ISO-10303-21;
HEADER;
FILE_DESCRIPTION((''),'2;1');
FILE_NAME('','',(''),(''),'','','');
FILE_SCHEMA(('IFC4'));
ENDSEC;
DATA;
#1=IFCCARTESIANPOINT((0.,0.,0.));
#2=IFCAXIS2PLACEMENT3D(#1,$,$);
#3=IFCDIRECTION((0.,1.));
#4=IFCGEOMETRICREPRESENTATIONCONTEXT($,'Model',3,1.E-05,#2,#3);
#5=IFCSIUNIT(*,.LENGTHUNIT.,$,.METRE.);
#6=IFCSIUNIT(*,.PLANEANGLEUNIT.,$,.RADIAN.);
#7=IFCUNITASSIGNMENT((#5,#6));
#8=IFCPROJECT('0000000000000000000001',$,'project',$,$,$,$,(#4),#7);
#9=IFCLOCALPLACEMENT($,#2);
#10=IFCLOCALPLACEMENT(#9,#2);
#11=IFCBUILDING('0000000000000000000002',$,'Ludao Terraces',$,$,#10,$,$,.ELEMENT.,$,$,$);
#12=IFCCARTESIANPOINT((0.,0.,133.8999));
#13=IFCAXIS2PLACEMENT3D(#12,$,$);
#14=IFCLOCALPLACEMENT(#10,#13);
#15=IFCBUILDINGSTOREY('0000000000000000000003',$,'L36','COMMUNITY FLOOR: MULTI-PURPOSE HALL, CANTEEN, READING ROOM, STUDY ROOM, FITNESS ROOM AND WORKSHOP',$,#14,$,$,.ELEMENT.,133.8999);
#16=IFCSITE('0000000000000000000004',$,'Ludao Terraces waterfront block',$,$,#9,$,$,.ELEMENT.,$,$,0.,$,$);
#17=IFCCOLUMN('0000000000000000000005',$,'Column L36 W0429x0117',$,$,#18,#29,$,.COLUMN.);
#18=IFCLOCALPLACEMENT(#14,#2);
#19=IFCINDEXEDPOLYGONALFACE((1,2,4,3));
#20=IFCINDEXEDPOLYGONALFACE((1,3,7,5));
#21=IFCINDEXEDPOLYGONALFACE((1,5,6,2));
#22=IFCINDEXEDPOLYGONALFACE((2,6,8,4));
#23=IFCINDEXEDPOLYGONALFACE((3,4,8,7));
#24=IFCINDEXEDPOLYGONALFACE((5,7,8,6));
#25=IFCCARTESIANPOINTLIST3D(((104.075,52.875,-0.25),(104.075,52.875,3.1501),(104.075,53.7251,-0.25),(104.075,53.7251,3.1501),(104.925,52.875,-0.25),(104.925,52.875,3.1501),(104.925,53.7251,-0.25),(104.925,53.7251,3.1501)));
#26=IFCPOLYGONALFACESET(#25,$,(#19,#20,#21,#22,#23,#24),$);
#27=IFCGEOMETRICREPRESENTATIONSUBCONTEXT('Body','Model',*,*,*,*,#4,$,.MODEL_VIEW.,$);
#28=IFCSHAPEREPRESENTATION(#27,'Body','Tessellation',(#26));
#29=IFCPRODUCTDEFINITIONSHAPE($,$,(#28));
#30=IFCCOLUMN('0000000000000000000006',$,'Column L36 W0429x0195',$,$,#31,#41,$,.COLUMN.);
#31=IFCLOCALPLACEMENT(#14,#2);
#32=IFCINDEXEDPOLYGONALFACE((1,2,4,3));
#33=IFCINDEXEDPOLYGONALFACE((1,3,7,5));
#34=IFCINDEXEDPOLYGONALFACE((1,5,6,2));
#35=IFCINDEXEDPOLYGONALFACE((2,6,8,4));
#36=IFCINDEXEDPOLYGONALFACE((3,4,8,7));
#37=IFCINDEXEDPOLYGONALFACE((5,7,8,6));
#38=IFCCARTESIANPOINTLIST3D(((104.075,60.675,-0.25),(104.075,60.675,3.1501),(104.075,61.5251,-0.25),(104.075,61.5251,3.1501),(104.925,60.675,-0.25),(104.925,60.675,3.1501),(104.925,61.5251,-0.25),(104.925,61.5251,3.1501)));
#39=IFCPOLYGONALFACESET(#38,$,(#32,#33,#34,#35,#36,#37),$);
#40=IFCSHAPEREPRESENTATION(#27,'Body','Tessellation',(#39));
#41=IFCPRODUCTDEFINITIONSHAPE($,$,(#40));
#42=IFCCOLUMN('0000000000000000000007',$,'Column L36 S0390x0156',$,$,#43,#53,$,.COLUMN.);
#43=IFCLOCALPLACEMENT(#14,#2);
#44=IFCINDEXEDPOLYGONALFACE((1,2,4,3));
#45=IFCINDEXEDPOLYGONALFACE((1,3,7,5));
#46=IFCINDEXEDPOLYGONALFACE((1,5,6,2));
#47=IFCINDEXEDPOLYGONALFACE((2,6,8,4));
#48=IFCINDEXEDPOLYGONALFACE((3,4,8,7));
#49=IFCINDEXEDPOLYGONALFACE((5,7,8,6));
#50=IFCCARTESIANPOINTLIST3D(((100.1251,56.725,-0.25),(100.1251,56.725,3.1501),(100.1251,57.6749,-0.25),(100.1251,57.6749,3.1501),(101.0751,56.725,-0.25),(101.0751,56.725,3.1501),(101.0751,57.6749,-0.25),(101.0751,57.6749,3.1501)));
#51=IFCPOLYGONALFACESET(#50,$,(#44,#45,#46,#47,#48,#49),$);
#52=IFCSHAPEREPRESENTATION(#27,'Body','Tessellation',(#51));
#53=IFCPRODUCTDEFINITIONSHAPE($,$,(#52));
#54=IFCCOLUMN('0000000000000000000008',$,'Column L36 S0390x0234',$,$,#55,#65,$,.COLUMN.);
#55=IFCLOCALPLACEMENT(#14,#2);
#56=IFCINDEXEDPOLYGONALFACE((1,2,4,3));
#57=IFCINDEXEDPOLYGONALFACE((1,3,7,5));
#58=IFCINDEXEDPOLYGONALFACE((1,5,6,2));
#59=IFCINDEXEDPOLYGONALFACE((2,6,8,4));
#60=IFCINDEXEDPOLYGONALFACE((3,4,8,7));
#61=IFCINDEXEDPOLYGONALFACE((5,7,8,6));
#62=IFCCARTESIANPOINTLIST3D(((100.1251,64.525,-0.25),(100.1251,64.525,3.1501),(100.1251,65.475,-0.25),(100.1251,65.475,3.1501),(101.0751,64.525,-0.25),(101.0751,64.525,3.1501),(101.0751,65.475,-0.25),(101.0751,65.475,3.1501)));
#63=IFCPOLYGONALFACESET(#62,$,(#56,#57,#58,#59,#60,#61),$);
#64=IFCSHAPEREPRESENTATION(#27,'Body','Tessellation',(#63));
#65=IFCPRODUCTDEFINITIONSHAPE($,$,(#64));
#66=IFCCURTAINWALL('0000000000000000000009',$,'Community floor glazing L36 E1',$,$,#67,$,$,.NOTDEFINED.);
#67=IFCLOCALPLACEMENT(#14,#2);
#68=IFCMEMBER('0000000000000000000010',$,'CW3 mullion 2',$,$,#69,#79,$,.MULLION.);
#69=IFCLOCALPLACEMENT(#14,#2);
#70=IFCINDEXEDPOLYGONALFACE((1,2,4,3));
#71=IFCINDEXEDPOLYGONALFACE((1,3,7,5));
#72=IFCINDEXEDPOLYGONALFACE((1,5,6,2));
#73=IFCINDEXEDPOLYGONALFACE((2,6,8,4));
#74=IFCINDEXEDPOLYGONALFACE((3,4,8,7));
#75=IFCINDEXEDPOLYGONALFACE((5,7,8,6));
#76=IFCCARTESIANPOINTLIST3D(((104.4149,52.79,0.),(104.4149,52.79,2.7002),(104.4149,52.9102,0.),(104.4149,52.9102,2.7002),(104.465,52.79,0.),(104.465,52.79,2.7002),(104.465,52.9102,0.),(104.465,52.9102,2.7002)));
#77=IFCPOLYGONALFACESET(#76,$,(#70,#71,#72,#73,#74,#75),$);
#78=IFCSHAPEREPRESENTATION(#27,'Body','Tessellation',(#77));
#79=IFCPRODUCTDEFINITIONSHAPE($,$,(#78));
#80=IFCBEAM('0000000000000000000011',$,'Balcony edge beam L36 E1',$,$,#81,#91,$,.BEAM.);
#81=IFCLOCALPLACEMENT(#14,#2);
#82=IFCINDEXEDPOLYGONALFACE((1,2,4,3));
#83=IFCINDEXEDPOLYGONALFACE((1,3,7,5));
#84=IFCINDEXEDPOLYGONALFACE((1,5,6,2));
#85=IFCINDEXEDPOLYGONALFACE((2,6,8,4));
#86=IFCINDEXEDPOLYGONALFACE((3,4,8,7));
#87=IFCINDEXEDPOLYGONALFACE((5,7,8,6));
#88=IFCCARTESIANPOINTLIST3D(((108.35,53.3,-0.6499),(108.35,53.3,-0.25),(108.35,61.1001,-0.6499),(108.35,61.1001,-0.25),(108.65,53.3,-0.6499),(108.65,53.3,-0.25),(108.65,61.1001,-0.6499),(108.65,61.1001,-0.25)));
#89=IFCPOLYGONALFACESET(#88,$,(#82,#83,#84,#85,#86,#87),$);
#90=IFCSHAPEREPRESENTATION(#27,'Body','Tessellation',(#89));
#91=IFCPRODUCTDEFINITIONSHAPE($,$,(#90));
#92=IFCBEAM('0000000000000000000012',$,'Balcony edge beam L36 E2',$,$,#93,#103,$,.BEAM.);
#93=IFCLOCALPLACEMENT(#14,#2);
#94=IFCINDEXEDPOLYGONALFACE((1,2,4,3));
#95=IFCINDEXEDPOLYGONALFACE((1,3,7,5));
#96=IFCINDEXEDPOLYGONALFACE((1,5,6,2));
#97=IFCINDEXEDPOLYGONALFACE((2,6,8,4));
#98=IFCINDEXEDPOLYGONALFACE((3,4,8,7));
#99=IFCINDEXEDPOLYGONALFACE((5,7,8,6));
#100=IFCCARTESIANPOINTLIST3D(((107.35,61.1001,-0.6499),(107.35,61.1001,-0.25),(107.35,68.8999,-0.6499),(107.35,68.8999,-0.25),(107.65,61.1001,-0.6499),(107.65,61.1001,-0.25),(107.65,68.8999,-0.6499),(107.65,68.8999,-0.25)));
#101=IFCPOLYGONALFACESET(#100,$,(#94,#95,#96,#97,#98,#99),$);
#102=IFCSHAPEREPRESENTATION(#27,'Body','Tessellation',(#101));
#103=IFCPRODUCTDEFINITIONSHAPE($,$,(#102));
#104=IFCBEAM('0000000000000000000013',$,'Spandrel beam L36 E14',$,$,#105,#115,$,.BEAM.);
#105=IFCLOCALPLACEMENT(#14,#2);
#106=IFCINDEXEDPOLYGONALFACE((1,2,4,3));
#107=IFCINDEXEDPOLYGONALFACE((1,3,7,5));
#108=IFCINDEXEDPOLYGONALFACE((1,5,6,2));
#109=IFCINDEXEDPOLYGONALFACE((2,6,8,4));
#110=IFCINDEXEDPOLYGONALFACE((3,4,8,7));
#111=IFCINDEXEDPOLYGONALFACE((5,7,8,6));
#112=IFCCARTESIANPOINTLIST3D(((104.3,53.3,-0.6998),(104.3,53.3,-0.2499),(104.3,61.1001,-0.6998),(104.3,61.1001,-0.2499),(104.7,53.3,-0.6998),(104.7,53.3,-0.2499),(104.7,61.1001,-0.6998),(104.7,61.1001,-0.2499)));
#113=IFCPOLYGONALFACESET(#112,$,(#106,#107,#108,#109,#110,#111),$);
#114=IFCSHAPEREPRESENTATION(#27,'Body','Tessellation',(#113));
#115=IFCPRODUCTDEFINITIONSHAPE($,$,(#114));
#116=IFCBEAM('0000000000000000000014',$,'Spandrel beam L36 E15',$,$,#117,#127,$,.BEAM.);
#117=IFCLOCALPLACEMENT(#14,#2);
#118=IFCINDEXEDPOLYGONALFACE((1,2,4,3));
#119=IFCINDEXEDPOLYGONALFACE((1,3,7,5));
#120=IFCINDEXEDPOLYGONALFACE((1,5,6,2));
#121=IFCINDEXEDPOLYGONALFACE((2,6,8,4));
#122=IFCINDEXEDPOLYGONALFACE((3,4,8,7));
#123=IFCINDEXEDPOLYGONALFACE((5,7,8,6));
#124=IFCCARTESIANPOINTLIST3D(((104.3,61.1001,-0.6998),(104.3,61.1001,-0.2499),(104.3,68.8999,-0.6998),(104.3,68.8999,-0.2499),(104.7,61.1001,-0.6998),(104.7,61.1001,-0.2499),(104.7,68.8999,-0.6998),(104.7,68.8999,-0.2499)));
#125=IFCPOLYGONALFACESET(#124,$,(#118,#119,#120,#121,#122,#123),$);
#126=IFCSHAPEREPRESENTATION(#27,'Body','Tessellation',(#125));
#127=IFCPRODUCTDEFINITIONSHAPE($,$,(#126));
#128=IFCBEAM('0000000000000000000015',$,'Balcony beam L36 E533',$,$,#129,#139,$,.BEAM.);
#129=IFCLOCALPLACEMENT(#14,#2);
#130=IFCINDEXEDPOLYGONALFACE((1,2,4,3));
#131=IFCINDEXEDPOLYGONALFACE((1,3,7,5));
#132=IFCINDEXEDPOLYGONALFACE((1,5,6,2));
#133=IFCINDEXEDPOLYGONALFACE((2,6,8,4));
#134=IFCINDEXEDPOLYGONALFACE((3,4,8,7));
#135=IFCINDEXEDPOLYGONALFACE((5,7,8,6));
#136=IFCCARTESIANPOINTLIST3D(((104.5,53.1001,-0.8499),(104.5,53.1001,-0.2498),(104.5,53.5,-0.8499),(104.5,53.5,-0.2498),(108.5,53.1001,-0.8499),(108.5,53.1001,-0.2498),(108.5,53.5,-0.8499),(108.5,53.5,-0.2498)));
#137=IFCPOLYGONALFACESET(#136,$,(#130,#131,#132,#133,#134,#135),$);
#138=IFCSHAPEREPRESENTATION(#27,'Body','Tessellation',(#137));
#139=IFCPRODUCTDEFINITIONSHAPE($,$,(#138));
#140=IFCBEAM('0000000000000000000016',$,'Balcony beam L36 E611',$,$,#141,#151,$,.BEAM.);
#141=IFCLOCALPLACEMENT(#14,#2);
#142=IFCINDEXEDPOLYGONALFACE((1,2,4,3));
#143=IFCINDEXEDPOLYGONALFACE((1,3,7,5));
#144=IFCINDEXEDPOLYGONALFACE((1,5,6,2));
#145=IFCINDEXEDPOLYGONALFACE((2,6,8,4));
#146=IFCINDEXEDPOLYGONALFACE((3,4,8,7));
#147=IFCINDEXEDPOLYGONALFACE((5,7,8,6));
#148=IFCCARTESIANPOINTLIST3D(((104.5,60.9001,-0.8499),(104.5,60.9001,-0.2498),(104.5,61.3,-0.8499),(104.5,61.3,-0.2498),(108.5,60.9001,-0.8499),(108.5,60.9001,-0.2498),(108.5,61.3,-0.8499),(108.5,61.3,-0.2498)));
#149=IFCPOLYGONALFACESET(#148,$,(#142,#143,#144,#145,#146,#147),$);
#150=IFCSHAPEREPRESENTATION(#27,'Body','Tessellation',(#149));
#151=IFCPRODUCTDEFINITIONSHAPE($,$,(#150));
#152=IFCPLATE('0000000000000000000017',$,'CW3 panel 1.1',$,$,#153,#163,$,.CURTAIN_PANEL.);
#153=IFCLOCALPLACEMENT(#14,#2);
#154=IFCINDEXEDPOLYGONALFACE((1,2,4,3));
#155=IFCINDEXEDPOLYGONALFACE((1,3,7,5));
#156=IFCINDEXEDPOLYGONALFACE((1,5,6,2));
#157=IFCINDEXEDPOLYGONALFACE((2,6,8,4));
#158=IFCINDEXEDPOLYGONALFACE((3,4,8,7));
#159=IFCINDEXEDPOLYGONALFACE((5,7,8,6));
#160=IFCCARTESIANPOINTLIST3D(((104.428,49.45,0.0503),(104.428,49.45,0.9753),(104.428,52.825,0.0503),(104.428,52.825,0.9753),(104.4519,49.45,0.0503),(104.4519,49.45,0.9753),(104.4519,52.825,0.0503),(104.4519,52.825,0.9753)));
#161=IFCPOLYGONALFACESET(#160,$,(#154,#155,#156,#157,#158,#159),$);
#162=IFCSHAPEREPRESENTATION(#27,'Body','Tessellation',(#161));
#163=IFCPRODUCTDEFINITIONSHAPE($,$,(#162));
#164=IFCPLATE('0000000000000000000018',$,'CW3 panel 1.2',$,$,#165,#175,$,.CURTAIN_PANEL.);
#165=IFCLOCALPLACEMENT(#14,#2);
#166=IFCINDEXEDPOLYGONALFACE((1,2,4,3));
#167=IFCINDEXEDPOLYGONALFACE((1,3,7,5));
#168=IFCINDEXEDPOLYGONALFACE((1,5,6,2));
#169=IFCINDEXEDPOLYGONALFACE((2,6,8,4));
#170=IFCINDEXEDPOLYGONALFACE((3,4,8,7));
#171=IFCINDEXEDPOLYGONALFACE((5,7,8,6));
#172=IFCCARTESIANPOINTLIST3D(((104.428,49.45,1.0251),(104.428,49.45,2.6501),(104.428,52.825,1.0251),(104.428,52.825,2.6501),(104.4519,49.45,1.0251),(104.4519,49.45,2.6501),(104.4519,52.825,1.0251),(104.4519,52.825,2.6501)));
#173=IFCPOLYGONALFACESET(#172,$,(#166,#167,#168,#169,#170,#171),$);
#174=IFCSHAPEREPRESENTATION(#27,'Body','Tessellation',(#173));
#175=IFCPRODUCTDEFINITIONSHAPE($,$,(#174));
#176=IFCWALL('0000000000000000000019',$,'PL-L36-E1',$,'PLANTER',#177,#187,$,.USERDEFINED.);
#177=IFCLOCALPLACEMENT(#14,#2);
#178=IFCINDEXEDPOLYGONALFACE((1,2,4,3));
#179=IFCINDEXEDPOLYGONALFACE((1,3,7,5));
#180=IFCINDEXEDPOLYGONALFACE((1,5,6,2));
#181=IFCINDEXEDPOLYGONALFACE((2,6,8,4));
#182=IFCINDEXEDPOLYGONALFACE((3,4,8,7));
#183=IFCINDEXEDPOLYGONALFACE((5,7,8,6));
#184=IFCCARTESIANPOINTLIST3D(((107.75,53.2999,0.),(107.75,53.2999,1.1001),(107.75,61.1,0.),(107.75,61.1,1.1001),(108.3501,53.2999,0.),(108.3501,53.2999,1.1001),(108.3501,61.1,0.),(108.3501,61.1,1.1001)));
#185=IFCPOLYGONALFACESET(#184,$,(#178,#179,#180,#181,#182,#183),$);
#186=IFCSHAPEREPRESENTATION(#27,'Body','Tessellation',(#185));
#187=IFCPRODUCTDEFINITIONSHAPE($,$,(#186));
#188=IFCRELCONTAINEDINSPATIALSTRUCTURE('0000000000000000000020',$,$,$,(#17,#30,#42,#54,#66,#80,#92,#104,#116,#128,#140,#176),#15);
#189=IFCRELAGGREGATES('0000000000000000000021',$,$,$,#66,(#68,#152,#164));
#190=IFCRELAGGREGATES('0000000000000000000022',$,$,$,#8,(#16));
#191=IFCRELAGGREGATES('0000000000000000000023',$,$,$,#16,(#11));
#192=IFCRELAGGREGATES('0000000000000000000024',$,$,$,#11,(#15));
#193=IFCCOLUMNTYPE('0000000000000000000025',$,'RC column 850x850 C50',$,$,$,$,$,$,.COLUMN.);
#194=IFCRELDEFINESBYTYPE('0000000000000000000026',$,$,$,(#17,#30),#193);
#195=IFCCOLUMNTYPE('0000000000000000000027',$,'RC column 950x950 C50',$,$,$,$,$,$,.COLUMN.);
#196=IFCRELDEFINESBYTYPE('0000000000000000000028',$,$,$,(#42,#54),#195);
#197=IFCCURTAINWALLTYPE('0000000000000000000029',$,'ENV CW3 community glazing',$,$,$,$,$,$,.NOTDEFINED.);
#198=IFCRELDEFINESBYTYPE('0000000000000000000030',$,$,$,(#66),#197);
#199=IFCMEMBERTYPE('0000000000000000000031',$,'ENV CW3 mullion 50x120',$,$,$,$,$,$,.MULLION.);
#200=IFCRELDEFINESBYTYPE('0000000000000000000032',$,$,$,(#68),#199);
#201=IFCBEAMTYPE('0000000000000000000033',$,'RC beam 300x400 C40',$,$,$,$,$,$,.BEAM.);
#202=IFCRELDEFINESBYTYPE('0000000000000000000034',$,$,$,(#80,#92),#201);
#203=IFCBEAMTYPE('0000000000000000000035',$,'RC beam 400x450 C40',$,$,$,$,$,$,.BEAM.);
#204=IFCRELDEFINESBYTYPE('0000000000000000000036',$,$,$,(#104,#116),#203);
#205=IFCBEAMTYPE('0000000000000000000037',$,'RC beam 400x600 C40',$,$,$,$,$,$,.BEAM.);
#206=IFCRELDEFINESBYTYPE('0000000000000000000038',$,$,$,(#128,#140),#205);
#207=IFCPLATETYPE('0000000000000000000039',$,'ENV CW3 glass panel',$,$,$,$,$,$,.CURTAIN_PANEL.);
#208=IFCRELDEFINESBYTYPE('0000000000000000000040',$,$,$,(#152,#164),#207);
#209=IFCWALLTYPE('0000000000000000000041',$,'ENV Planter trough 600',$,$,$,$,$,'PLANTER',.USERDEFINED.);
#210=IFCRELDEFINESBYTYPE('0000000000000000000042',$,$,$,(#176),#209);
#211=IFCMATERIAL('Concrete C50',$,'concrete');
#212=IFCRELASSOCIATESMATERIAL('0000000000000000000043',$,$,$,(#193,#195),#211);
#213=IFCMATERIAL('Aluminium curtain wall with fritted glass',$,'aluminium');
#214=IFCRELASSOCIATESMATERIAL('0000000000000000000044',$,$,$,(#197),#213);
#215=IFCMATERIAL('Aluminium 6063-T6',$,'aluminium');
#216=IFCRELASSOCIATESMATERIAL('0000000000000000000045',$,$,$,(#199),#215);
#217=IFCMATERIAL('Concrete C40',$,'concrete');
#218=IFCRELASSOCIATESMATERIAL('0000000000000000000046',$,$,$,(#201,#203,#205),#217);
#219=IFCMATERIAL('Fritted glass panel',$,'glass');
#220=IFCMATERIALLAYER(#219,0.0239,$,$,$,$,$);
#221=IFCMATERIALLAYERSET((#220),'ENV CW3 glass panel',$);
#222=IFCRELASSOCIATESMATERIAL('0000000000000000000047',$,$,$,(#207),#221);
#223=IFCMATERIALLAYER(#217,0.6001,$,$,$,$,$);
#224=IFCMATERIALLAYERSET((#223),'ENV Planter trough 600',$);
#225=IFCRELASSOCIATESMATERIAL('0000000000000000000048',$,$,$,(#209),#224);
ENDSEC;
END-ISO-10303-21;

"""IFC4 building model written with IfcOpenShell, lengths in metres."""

from ifc_helpers import new_model, si_unit, direction, frame, frame_2d, origin, origin_2d, place, context, subcontext, project, spatial, rectangle, extrude, material, layer, layer_set, material_profile, profile_set, type_object, element, aggregate, save


model = new_model("IFC4")

# Units and contexts
model_context = context("Model", 3, precision=1e-05, world=origin(), true_north=direction((0.0, 1.0)))
body_context = subcontext(model_context, "Body", "Model", "MODEL_VIEW")
ifc_project = project(units=[si_unit("LENGTHUNIT", "METRE"), si_unit("PLANEANGLEUNIT", "RADIAN")], contexts=[model_context])

# Site, building, storey
site_placement = place(None, origin())
site = spatial("IfcSite", under=ifc_project, at=site_placement, Name="Ludao Terraces waterfront block", CompositionType="ELEMENT", RefElevation=0.0)
building_placement = place(site_placement, origin())
building = spatial("IfcBuilding", under=site, at=building_placement, Name="Ludao Terraces", CompositionType="ELEMENT")
storey_placement = place(building_placement, frame((0.0, 0.0, 133.8999)))
storey = spatial("IfcBuildingStorey", under=building, at=storey_placement, Name="L36", Description="COMMUNITY FLOOR: MULTI-PURPOSE HALL, CANTEEN, READING ROOM, STUDY ROOM, FITNESS ROOM AND WORKSHOP", CompositionType="ELEMENT", Elevation=133.8999)

# Columns
ifc_material_1 = material(Name="Concrete C50", Category="concrete")
ifc_material_profile_1 = material_profile(ifc_material_1, rectangle(XDim=0.8501, YDim=0.8501, at=origin_2d()), Name="850 X 850")
ifc_profile_set_1 = profile_set([ifc_material_profile_1], Name="Concrete C50")
column_type_1 = type_object("IfcColumnType", Name="RC column 850x850 C50", PredefinedType="COLUMN", material=ifc_profile_set_1)
for number, where, z_axis, x_axis, name in (
    (1, (104.5, 53.3, -0.25), (0.0, 0.0, 1.0), (1.0, 0.0, 0.0), "Column L36 W0429x0117"),
    (2, (104.5, 61.1001, -0.25), (0.0, 0.0, 1.0), (1.0, 0.0, 0.0), "Column L36 W0429x0195"),
):
    element("IfcColumn", number, at=place(storey_placement, frame(where, z_axis=z_axis, x_axis=x_axis)), inside=storey, type_object=column_type_1, Name=name, PredefinedType="COLUMN", context=body_context, shape_type="SweptSolid", body=[
        extrude(rectangle(XDim=0.8501, YDim=0.8501, at=origin_2d()), origin(), (0.0, 0.0, 1.0), 3.4001),
    ])
ifc_material_profile_2 = material_profile(ifc_material_1, rectangle(XDim=0.95, YDim=0.95, at=origin_2d()), Name="950 X 950")
ifc_profile_set_2 = profile_set([ifc_material_profile_2], Name="Concrete C50")
column_type_2 = type_object("IfcColumnType", Name="RC column 950x950 C50", PredefinedType="COLUMN", material=ifc_profile_set_2)
for number, where, z_axis, x_axis, name in (
    (3, (100.6001, 57.2, -0.25), (0.0, 0.0, 1.0), (1.0, 0.0, 0.0), "Column L36 S0390x0156"),
    (4, (100.6001, 65.0, -0.25), (0.0, 0.0, 1.0), (1.0, 0.0, 0.0), "Column L36 S0390x0234"),
):
    element("IfcColumn", number, at=place(storey_placement, frame(where, z_axis=z_axis, x_axis=x_axis)), inside=storey, type_object=column_type_2, Name=name, PredefinedType="COLUMN", context=body_context, shape_type="SweptSolid", body=[
        extrude(rectangle(XDim=0.95, YDim=0.95, at=origin_2d()), origin(), (0.0, 0.0, 1.0), 3.4001),
    ])

# Curtain wall, member
ifc_material_2 = material(Name="Aluminium curtain wall with fritted glass", Category="aluminium")
curtain_wall_type = type_object("IfcCurtainWallType", Name="ENV CW3 community glazing", PredefinedType="NOTDEFINED", material=ifc_material_2)
curtain_wall_placement = place(storey_placement, origin())
curtain_wall = element("IfcCurtainWall", 5, at=curtain_wall_placement, inside=storey, type_object=curtain_wall_type, Name="Community floor glazing L36 E1", PredefinedType="NOTDEFINED")
ifc_material_3 = material(Name="Aluminium 6063-T6", Category="aluminium")
ifc_material_profile_3 = material_profile(ifc_material_3, rectangle(XDim=0.05, YDim=0.1201, at=origin_2d()), Name="50 X 120")
ifc_profile_set_3 = profile_set([ifc_material_profile_3], Name="Aluminium 6063-T6")
member_type = type_object("IfcMemberType", Name="ENV CW3 mullion 50x120", PredefinedType="MULLION", material=ifc_profile_set_3)
member_placement = place(storey_placement, frame((104.4399, 52.8501, 0.0), z_axis=(0.0, 0.0, 1.0), x_axis=(-1.0, 0.0, 0.0)))
member = element("IfcMember", 6, at=member_placement, type_object=member_type, Name="CW3 mullion 2", PredefinedType="MULLION", context=body_context, shape_type="SweptSolid", body=[
    extrude(rectangle(XDim=0.05, YDim=0.1201, at=origin_2d()), origin(), (0.0, 0.0, 1.0), 2.7002),
])

# Beams
ifc_material_4 = material(Name="Concrete C40", Category="concrete")
ifc_material_profile_4 = material_profile(ifc_material_4, rectangle(XDim=0.3, YDim=0.3999, at=origin_2d()), Name="300 X 400")
ifc_profile_set_4 = profile_set([ifc_material_profile_4], Name="Concrete C40")
beam_type_1 = type_object("IfcBeamType", Name="RC beam 300x400 C40", PredefinedType="BEAM", material=ifc_profile_set_4)
beam_1_placement = place(storey_placement, frame((108.5, 53.3, -0.45), z_axis=(0.0, 1.0, 0.0), x_axis=(-1.0, 0.0, 0.0)))
element("IfcBeam", 7, at=beam_1_placement, inside=storey, type_object=beam_type_1, Name="Balcony edge beam L36 E1", PredefinedType="BEAM", context=body_context, shape_type="SweptSolid", body=[
    extrude(rectangle(XDim=0.3, YDim=0.3999, at=origin_2d()), origin(), (0.0, 0.0, 1.0), 7.8),
])
beam_2_placement = place(storey_placement, frame((107.5, 61.1001, -0.45), z_axis=(0.0, 1.0, 0.0), x_axis=(-1.0, 0.0, 0.0)))
element("IfcBeam", 8, at=beam_2_placement, inside=storey, type_object=beam_type_1, Name="Balcony edge beam L36 E2", PredefinedType="BEAM", context=body_context, shape_type="SweptSolid", body=[
    extrude(rectangle(XDim=0.3, YDim=0.3999, at=origin_2d()), origin(), (0.0, 0.0, 1.0), 7.7998),
])
ifc_material_profile_5 = material_profile(ifc_material_4, rectangle(XDim=0.3999, YDim=0.45, at=origin_2d()), Name="400 X 450")
ifc_profile_set_5 = profile_set([ifc_material_profile_5], Name="Concrete C40")
beam_type_2 = type_object("IfcBeamType", Name="RC beam 400x450 C40", PredefinedType="BEAM", material=ifc_profile_set_5)
beam_3_placement = place(storey_placement, frame((104.5, 53.3, -0.4749), z_axis=(0.0, 1.0, 0.0), x_axis=(-1.0, 0.0, 0.0)))
element("IfcBeam", 9, at=beam_3_placement, inside=storey, type_object=beam_type_2, Name="Spandrel beam L36 E14", PredefinedType="BEAM", context=body_context, shape_type="SweptSolid", body=[
    extrude(rectangle(XDim=0.3999, YDim=0.45, at=origin_2d()), origin(), (0.0, 0.0, 1.0), 7.8),
])
beam_4_placement = place(storey_placement, frame((104.5, 61.1001, -0.4749), z_axis=(0.0, 1.0, 0.0), x_axis=(-1.0, 0.0, 0.0)))
element("IfcBeam", 10, at=beam_4_placement, inside=storey, type_object=beam_type_2, Name="Spandrel beam L36 E15", PredefinedType="BEAM", context=body_context, shape_type="SweptSolid", body=[
    extrude(rectangle(XDim=0.3999, YDim=0.45, at=origin_2d()), origin(), (0.0, 0.0, 1.0), 7.7998),
])
ifc_material_profile_6 = material_profile(ifc_material_4, rectangle(XDim=0.3999, YDim=0.6001, at=origin_2d()), Name="400 X 600")
ifc_profile_set_6 = profile_set([ifc_material_profile_6], Name="Concrete C40")
beam_type_3 = type_object("IfcBeamType", Name="RC beam 400x600 C40", PredefinedType="BEAM", material=ifc_profile_set_6)
for number, where, z_axis, x_axis, name in (
    (11, (104.5, 53.3, -0.5498), (1.0, 0.0, 0.0), (0.0, 1.0, 0.0), "Balcony beam L36 E533"),
    (12, (104.5, 61.1001, -0.5498), (1.0, 0.0, 0.0), (0.0, 1.0, 0.0), "Balcony beam L36 E611"),
):
    element("IfcBeam", number, at=place(storey_placement, frame(where, z_axis=z_axis, x_axis=x_axis)), inside=storey, type_object=beam_type_3, Name=name, PredefinedType="BEAM", context=body_context, shape_type="SweptSolid", body=[
        extrude(rectangle(XDim=0.3999, YDim=0.6001, at=origin_2d()), origin(), (0.0, 0.0, 1.0), 4.0),
    ])

# Plates
ifc_material_5 = material(Name="Fritted glass panel", Category="glass")
ifc_layer_1 = layer(ifc_material_5, 0.0239)
ifc_layer_set_1 = layer_set([ifc_layer_1], Name="ENV CW3 glass panel")
plate_type = type_object("IfcPlateType", Name="ENV CW3 glass panel", PredefinedType="CURTAIN_PANEL", material=ifc_layer_set_1)
plate_1_placement = place(storey_placement, frame((104.4399, 51.1375, 0.0503), z_axis=(0.0, 0.0, 1.0), x_axis=(0.0, 1.0, 0.0)))
plate_1 = element("IfcPlate", 13, at=plate_1_placement, type_object=plate_type, Name="CW3 panel 1.1", PredefinedType="CURTAIN_PANEL", context=body_context, shape_type="SweptSolid", body=[
    extrude(rectangle(XDim=3.375, YDim=0.0239, at=origin_2d()), origin(), (0.0, 0.0, 1.0), 0.925),
])
plate_2_placement = place(storey_placement, frame((104.4399, 51.1375, 1.0251), z_axis=(0.0, 0.0, 1.0), x_axis=(0.0, 1.0, 0.0)))
plate_2 = element("IfcPlate", 14, at=plate_2_placement, type_object=plate_type, Name="CW3 panel 1.2", PredefinedType="CURTAIN_PANEL", context=body_context, shape_type="SweptSolid", body=[
    extrude(rectangle(XDim=3.375, YDim=0.0239, at=origin_2d()), origin(), (0.0, 0.0, 1.0), 1.625),
])
aggregate(curtain_wall, [member, plate_1, plate_2])

# Wall
ifc_layer_2 = layer(ifc_material_4, 0.6001)
ifc_layer_set_2 = layer_set([ifc_layer_2], Name="ENV Planter trough 600")
wall_type_1 = type_object("IfcWallType", Name="ENV Planter trough 600", ElementType="PLANTER", PredefinedType="USERDEFINED", material=ifc_layer_set_2)
wall_1_placement = place(storey_placement, frame((108.05, 53.3, 0.0), z_axis=(0.0, 0.0, 1.0), x_axis=(0.0, 1.0, 0.0)))
element("IfcWall", 15, at=wall_1_placement, inside=storey, type_object=wall_type_1, Name="PL-L36-E1", ObjectType="PLANTER", PredefinedType="USERDEFINED", context=body_context, shape_type="SweptSolid", body=[
    extrude(rectangle(XDim=7.8, YDim=0.6001, at=frame_2d((3.8999, 0.0))), origin(), (0.0, 0.0, 1.0), 1.1001),
])

save(model, "model.ifc")
